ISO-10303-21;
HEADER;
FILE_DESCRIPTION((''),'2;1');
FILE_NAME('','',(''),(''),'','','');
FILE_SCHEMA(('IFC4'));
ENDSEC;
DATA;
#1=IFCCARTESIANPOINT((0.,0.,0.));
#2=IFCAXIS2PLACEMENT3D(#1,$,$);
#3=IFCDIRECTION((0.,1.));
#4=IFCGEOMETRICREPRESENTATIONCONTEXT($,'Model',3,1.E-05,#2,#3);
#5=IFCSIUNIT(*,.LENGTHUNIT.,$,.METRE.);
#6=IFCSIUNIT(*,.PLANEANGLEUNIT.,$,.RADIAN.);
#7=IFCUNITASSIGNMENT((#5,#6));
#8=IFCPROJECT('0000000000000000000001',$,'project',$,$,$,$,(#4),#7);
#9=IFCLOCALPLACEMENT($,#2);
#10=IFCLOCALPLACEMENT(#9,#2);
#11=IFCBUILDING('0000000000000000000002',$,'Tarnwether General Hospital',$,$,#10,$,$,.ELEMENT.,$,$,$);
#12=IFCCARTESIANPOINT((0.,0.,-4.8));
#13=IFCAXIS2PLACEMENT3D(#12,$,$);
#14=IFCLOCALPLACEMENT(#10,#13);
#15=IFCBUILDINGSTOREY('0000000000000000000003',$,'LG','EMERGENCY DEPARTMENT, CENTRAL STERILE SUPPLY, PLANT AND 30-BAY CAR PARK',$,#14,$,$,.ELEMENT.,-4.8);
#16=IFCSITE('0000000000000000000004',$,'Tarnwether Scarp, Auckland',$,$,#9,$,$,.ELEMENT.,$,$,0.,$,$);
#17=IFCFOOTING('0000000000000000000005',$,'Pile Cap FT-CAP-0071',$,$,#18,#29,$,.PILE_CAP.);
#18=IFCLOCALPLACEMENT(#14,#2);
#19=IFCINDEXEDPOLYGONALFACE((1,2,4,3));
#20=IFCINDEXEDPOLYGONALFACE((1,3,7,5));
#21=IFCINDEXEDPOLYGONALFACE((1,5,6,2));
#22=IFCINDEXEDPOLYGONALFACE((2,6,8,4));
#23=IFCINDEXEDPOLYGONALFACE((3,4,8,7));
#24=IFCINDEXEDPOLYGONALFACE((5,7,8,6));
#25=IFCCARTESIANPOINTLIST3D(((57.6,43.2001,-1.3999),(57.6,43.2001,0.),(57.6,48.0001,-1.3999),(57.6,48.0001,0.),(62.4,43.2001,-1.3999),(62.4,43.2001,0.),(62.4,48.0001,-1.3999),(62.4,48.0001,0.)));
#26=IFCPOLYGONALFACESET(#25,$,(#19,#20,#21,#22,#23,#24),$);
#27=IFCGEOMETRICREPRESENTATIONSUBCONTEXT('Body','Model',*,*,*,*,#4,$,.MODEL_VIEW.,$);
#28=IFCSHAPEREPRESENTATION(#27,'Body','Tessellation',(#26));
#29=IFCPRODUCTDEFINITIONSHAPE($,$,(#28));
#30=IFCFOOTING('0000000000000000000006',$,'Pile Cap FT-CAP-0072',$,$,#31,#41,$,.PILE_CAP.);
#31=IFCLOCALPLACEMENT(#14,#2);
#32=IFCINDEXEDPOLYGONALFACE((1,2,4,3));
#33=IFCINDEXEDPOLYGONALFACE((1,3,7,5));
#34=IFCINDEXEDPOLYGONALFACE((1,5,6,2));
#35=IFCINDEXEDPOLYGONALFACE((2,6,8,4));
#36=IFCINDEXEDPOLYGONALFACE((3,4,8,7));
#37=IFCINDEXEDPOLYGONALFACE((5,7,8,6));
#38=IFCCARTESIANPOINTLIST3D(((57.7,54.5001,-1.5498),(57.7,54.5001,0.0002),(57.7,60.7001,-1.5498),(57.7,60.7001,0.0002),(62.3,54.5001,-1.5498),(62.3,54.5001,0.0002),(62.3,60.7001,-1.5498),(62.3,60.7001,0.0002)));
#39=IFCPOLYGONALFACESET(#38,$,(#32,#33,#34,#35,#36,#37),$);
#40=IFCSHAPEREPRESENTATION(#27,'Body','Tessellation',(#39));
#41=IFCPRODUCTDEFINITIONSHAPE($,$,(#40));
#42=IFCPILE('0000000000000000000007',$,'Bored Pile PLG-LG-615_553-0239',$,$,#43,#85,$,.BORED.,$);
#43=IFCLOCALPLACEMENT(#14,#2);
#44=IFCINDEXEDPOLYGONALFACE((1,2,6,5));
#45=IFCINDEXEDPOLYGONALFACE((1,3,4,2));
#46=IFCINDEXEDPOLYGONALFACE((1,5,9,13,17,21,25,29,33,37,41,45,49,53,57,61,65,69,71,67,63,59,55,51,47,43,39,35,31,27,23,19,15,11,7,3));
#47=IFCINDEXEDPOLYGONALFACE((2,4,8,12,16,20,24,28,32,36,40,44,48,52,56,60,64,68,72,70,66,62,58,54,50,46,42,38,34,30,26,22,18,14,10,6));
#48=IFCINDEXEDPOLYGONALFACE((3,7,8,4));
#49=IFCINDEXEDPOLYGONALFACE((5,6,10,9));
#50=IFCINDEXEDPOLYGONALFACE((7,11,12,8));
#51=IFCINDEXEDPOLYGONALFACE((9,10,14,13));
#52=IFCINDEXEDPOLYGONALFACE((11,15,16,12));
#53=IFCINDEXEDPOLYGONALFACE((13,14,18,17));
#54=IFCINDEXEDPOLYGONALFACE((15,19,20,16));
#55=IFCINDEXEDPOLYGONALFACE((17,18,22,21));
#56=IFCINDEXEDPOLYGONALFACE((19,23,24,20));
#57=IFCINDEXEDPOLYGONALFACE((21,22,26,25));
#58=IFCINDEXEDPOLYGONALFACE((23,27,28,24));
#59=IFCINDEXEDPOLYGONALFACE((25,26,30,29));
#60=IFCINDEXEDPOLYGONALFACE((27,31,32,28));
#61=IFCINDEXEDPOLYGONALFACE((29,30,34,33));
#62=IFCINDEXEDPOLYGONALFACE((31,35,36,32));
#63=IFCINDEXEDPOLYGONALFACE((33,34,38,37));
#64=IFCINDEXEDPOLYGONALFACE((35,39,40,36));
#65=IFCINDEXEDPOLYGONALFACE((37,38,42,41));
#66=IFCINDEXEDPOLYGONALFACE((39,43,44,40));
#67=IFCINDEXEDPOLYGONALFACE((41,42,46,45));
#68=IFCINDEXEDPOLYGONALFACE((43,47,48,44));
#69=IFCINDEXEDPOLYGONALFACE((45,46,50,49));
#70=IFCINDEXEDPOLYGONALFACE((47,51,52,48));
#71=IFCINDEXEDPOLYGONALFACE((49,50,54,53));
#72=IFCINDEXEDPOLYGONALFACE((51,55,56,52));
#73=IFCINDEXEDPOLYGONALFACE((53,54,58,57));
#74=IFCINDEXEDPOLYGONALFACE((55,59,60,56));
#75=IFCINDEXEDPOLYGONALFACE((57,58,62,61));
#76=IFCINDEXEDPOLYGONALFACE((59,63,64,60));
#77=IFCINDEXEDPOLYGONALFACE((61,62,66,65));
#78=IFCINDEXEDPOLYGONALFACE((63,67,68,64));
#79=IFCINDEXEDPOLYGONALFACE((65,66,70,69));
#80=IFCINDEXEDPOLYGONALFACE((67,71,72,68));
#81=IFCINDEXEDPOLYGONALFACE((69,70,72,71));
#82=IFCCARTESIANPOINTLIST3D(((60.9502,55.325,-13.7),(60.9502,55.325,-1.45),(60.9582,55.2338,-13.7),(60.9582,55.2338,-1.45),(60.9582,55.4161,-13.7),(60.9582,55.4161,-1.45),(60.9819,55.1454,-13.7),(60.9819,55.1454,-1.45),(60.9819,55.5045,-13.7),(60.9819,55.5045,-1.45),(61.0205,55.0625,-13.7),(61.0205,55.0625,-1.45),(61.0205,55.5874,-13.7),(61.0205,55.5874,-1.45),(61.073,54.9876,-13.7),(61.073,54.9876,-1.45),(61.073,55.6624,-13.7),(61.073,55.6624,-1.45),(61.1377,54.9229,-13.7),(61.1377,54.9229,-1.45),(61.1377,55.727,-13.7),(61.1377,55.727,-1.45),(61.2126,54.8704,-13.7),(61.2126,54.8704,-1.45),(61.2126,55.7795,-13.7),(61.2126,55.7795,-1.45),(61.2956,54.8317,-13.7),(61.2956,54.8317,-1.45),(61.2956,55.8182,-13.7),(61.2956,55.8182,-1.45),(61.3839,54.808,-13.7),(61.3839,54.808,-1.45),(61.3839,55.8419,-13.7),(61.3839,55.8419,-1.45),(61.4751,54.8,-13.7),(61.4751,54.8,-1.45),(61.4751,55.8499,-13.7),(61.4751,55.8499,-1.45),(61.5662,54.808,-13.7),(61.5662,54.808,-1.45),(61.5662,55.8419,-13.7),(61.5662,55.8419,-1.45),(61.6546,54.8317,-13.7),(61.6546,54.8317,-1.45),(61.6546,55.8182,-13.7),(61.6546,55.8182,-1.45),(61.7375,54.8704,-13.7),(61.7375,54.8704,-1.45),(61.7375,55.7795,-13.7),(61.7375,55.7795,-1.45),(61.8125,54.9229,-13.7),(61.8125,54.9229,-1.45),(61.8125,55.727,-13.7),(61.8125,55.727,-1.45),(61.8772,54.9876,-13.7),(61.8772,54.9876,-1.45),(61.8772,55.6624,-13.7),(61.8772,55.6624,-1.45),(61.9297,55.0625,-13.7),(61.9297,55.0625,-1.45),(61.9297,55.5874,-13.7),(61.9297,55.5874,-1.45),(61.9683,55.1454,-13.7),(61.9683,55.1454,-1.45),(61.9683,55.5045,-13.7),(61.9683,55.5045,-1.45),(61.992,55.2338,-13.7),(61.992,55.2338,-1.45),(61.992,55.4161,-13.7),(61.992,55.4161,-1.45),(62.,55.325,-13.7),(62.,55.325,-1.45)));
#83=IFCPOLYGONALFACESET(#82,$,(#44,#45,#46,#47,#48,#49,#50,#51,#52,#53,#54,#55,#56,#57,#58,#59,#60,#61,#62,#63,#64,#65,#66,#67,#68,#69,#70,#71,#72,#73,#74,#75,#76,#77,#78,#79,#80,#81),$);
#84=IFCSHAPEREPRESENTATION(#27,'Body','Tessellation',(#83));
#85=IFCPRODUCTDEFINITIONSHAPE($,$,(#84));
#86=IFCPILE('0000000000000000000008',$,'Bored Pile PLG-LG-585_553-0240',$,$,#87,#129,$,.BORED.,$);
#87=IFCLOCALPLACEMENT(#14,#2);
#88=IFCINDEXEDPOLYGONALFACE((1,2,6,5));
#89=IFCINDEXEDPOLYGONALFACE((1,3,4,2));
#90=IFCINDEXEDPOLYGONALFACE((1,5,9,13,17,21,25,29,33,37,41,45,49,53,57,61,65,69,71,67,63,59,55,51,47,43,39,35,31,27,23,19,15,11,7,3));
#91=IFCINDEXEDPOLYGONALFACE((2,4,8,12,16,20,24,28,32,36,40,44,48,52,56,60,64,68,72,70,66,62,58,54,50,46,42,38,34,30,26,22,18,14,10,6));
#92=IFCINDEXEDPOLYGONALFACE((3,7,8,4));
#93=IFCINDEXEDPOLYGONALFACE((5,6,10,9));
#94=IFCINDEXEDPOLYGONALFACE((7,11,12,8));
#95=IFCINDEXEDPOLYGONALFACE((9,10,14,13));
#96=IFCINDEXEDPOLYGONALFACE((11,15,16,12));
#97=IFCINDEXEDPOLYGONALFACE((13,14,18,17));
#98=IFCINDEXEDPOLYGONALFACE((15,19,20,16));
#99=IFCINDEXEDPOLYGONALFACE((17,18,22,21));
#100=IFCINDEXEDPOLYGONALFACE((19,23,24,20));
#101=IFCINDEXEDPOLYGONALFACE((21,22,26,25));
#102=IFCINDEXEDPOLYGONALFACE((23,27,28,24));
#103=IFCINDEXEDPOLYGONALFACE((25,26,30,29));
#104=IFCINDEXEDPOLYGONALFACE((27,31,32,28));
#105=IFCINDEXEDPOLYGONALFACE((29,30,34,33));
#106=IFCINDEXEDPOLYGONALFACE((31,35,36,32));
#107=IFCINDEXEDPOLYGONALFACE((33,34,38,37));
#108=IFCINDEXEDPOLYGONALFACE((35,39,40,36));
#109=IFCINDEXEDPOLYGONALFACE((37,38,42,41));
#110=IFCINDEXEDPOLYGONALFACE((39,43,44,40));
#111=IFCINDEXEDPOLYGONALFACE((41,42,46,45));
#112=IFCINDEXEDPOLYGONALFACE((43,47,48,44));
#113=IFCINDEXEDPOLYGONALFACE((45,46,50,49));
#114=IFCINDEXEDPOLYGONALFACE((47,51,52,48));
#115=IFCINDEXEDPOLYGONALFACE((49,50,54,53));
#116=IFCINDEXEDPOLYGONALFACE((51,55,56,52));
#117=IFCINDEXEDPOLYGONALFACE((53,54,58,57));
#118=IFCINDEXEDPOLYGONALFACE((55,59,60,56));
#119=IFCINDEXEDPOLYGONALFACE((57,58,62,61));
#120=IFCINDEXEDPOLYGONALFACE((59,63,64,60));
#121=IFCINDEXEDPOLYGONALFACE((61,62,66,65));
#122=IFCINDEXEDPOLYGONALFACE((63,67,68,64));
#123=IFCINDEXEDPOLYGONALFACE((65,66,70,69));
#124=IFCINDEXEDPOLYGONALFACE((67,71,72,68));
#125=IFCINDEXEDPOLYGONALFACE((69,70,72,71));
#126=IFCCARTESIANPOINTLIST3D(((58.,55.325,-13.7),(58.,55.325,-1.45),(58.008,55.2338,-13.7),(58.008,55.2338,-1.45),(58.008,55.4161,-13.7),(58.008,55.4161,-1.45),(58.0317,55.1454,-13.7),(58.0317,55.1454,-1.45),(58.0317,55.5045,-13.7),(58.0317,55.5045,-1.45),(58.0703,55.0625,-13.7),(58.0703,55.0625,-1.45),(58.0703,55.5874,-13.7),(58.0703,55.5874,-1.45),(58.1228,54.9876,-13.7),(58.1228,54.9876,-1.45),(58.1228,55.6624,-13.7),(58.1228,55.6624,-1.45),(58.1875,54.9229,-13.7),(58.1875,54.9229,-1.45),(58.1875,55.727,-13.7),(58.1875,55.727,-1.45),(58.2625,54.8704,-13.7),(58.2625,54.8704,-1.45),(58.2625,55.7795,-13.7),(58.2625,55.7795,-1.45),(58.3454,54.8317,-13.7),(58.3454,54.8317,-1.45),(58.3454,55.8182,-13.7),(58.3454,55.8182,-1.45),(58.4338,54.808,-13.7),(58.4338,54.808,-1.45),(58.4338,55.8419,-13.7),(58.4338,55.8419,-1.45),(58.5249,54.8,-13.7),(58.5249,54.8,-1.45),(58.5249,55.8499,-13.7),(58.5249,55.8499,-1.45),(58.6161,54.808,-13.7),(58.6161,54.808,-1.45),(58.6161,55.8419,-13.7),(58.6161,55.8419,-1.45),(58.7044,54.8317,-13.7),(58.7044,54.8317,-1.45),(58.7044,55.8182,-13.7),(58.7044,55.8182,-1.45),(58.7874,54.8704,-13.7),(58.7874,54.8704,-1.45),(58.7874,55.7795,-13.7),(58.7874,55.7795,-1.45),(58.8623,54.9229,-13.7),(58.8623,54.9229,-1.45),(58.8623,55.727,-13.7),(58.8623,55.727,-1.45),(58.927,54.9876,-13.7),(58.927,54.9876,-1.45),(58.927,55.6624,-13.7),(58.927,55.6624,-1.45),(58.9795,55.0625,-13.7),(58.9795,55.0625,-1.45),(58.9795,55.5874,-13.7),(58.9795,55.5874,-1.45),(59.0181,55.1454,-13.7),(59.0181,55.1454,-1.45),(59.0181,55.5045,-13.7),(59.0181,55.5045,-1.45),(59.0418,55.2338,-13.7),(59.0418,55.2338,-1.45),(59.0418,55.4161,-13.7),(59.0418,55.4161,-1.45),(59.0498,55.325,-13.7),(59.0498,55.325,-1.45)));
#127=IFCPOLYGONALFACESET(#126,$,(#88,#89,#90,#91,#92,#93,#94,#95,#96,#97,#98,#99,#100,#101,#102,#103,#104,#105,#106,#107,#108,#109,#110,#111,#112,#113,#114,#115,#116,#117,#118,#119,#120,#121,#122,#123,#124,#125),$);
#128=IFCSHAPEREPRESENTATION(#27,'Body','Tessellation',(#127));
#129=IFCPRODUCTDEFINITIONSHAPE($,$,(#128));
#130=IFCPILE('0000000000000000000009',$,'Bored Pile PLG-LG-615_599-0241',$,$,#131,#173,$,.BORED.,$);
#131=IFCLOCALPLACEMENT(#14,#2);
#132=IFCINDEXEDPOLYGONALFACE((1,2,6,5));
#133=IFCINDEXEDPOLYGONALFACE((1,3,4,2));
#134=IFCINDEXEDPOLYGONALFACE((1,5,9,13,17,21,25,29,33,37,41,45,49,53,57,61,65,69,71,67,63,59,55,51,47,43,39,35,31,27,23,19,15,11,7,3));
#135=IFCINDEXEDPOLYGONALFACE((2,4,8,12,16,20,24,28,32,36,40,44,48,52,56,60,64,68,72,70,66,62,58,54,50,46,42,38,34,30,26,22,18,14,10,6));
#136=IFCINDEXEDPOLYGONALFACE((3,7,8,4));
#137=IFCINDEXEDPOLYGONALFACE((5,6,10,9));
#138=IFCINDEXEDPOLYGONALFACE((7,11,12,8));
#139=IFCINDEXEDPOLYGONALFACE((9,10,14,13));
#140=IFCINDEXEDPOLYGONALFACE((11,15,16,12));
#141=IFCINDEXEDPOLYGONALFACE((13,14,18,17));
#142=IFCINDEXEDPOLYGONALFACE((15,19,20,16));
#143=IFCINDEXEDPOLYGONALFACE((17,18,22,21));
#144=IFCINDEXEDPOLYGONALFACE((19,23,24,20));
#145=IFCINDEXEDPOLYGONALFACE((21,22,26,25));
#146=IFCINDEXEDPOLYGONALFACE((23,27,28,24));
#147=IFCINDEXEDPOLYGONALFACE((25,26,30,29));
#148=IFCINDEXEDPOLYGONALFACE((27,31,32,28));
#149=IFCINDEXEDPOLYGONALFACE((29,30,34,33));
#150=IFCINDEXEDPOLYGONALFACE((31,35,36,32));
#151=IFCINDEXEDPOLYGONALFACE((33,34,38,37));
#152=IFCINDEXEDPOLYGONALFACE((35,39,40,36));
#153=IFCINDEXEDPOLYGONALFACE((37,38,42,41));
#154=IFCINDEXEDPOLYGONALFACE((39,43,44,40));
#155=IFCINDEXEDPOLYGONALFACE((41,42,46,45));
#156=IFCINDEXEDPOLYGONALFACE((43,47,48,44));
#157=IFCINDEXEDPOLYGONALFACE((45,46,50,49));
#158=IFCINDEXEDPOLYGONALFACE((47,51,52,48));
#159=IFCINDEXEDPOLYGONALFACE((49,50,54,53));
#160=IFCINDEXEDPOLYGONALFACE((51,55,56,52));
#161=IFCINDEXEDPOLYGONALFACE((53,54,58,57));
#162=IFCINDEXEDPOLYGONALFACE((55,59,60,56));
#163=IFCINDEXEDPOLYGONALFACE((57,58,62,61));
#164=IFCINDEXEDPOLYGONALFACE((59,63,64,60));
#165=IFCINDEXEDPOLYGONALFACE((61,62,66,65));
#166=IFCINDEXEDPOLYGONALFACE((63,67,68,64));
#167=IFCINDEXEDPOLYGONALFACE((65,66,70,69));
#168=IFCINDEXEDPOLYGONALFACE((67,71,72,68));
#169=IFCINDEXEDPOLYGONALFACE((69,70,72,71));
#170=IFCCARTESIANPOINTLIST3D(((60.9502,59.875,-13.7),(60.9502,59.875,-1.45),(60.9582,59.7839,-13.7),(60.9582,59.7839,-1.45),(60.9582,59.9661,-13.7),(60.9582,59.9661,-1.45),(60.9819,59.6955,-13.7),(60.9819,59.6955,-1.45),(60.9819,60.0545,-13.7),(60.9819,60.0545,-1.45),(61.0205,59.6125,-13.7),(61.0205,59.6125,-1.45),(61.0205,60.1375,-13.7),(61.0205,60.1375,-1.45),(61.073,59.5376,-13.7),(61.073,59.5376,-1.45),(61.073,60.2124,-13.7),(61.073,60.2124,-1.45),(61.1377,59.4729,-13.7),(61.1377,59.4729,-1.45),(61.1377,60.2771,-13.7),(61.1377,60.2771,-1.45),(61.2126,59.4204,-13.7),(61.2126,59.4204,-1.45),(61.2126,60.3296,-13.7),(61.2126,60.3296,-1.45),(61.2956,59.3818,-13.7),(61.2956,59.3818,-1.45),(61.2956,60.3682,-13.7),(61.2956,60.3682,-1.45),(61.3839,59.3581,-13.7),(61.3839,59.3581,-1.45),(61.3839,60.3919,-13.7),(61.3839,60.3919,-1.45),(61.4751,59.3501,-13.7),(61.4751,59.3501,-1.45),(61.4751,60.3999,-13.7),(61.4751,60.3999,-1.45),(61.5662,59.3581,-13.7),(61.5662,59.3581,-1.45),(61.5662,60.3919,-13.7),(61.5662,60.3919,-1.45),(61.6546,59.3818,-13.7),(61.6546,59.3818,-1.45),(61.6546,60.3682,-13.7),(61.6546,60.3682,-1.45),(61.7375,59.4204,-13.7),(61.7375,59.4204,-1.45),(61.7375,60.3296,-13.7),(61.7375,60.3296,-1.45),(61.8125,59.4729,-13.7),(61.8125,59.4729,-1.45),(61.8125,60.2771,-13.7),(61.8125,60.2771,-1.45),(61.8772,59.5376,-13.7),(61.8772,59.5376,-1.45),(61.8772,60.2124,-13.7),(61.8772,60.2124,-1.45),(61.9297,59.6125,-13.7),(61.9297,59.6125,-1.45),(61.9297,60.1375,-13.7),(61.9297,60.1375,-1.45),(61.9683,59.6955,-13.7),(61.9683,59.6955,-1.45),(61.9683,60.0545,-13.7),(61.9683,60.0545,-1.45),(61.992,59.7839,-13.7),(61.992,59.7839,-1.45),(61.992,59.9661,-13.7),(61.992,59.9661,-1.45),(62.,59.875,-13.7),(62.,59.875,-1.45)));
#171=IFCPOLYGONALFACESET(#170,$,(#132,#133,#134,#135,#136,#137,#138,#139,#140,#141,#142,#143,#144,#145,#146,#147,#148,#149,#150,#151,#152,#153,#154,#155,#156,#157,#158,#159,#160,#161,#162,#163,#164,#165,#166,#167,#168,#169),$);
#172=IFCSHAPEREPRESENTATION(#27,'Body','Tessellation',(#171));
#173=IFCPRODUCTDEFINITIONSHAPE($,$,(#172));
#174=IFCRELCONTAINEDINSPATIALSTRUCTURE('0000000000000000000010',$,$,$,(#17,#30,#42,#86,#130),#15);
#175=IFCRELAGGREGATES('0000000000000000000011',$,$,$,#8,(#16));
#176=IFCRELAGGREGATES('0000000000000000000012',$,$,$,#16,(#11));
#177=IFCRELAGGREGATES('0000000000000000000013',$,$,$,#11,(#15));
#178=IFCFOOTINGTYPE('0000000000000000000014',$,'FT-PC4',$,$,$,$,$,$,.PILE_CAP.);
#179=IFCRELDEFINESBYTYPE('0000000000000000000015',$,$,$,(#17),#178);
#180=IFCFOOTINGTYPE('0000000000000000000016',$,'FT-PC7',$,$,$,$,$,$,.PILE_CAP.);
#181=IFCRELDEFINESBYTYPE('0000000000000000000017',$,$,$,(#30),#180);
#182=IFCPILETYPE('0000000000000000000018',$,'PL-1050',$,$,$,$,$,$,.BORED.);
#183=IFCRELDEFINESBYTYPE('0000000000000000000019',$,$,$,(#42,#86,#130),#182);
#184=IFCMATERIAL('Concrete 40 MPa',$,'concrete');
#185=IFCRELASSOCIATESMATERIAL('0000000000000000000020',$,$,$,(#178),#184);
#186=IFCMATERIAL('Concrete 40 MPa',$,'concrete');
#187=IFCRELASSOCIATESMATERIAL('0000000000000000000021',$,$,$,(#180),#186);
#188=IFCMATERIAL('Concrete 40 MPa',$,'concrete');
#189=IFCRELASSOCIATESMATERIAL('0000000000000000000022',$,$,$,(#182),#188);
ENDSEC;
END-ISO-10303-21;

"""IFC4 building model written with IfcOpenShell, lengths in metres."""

from ifc_helpers import new_model, si_unit, direction, frame, origin, origin_2d, place, context, subcontext, project, spatial, rectangle, circle, extrude, material, material_profile, profile_set, type_object, element, save


model = new_model("IFC4")

# Units and contexts
model_context = context("Model", 3, precision=1e-05, world=origin(), true_north=direction((0.0, 1.0)))
body_context = subcontext(model_context, "Body", "Model", "MODEL_VIEW")
ifc_project = project(units=[si_unit("LENGTHUNIT", "METRE"), si_unit("PLANEANGLEUNIT", "RADIAN")], contexts=[model_context])

# Site, building, storey
site_placement = place(None, origin())
site = spatial("IfcSite", under=ifc_project, at=site_placement, Name="Tarnwether Scarp, Auckland", CompositionType="ELEMENT", RefElevation=0.0)
building_placement = place(site_placement, origin())
building = spatial("IfcBuilding", under=site, at=building_placement, Name="Tarnwether General Hospital", CompositionType="ELEMENT")
storey_placement = place(building_placement, frame((0.0, 0.0, -4.8)))
storey = spatial("IfcBuildingStorey", under=building, at=storey_placement, Name="LG", Description="EMERGENCY DEPARTMENT, CENTRAL STERILE SUPPLY, PLANT AND 30-BAY CAR PARK", CompositionType="ELEMENT", Elevation=-4.8)

# Footings
ifc_material_1 = material(Name="Concrete 40 MPa", Category="concrete")
footing_type_1 = type_object("IfcFootingType", Name="FT-PC4", PredefinedType="PILE_CAP", material=ifc_material_1)
footing_1_placement = place(storey_placement, frame((60.0, 45.6001, -1.3999), z_axis=(0.0, 0.0, 1.0), x_axis=(0.0, 1.0, 0.0)))
element("IfcFooting", 1, at=footing_1_placement, inside=storey, type_object=footing_type_1, Name="Pile Cap FT-CAP-0071", PredefinedType="PILE_CAP", context=body_context, shape_type="SweptSolid", body=[
    extrude(rectangle(XDim=4.8, YDim=4.8, at=origin_2d()), origin(), (0.0, 0.0, 1.0), 1.3999),
])
ifc_material_2 = material(Name="Concrete 40 MPa", Category="concrete")
footing_type_2 = type_object("IfcFootingType", Name="FT-PC7", PredefinedType="PILE_CAP", material=ifc_material_2)
footing_2_placement = place(storey_placement, frame((60.0, 57.6001, -1.5498), z_axis=(0.0, 0.0, 1.0), x_axis=(0.0, 1.0, 0.0)))
element("IfcFooting", 2, at=footing_2_placement, inside=storey, type_object=footing_type_2, Name="Pile Cap FT-CAP-0072", PredefinedType="PILE_CAP", context=body_context, shape_type="SweptSolid", body=[
    extrude(rectangle(XDim=6.2, YDim=4.6001, at=origin_2d()), origin(), (0.0, 0.0, 1.0), 1.55),
])

# Piles
ifc_material_3 = material(Name="Concrete 40 MPa", Category="concrete")
ifc_material_profile_1 = material_profile(ifc_material_3, circle(Radius=0.5249, at=origin_2d()), Name="PILE-D1050")
ifc_profile_set_1 = profile_set([ifc_material_profile_1], Name="Concrete 40 MPa")
pile_type_1 = type_object("IfcPileType", Name="PL-1050", PredefinedType="BORED", material=ifc_profile_set_1)
for number, where, z_axis, x_axis, name in (
    (3, (61.4751, 55.325, -1.45), (0.0, 0.0, -1.0), (1.0, 0.0, 0.0), "Bored Pile PLG-LG-615_553-0239"),
    (4, (58.5249, 55.325, -1.45), (0.0, 0.0, -1.0), (1.0, 0.0, 0.0), "Bored Pile PLG-LG-585_553-0240"),
    (5, (61.4751, 59.875, -1.45), (0.0, 0.0, -1.0), (1.0, 0.0, 0.0), "Bored Pile PLG-LG-615_599-0241"),
):
    element("IfcPile", number, at=place(storey_placement, frame(where, z_axis=z_axis, x_axis=x_axis)), inside=storey, type_object=pile_type_1, Name=name, PredefinedType="BORED", context=body_context, shape_type="SweptSolid", body=[
        extrude(circle(Radius=0.5249, at=origin_2d()), origin(), (0.0, 0.0, 1.0), 12.25),
    ])

save(model, "model.ifc")
